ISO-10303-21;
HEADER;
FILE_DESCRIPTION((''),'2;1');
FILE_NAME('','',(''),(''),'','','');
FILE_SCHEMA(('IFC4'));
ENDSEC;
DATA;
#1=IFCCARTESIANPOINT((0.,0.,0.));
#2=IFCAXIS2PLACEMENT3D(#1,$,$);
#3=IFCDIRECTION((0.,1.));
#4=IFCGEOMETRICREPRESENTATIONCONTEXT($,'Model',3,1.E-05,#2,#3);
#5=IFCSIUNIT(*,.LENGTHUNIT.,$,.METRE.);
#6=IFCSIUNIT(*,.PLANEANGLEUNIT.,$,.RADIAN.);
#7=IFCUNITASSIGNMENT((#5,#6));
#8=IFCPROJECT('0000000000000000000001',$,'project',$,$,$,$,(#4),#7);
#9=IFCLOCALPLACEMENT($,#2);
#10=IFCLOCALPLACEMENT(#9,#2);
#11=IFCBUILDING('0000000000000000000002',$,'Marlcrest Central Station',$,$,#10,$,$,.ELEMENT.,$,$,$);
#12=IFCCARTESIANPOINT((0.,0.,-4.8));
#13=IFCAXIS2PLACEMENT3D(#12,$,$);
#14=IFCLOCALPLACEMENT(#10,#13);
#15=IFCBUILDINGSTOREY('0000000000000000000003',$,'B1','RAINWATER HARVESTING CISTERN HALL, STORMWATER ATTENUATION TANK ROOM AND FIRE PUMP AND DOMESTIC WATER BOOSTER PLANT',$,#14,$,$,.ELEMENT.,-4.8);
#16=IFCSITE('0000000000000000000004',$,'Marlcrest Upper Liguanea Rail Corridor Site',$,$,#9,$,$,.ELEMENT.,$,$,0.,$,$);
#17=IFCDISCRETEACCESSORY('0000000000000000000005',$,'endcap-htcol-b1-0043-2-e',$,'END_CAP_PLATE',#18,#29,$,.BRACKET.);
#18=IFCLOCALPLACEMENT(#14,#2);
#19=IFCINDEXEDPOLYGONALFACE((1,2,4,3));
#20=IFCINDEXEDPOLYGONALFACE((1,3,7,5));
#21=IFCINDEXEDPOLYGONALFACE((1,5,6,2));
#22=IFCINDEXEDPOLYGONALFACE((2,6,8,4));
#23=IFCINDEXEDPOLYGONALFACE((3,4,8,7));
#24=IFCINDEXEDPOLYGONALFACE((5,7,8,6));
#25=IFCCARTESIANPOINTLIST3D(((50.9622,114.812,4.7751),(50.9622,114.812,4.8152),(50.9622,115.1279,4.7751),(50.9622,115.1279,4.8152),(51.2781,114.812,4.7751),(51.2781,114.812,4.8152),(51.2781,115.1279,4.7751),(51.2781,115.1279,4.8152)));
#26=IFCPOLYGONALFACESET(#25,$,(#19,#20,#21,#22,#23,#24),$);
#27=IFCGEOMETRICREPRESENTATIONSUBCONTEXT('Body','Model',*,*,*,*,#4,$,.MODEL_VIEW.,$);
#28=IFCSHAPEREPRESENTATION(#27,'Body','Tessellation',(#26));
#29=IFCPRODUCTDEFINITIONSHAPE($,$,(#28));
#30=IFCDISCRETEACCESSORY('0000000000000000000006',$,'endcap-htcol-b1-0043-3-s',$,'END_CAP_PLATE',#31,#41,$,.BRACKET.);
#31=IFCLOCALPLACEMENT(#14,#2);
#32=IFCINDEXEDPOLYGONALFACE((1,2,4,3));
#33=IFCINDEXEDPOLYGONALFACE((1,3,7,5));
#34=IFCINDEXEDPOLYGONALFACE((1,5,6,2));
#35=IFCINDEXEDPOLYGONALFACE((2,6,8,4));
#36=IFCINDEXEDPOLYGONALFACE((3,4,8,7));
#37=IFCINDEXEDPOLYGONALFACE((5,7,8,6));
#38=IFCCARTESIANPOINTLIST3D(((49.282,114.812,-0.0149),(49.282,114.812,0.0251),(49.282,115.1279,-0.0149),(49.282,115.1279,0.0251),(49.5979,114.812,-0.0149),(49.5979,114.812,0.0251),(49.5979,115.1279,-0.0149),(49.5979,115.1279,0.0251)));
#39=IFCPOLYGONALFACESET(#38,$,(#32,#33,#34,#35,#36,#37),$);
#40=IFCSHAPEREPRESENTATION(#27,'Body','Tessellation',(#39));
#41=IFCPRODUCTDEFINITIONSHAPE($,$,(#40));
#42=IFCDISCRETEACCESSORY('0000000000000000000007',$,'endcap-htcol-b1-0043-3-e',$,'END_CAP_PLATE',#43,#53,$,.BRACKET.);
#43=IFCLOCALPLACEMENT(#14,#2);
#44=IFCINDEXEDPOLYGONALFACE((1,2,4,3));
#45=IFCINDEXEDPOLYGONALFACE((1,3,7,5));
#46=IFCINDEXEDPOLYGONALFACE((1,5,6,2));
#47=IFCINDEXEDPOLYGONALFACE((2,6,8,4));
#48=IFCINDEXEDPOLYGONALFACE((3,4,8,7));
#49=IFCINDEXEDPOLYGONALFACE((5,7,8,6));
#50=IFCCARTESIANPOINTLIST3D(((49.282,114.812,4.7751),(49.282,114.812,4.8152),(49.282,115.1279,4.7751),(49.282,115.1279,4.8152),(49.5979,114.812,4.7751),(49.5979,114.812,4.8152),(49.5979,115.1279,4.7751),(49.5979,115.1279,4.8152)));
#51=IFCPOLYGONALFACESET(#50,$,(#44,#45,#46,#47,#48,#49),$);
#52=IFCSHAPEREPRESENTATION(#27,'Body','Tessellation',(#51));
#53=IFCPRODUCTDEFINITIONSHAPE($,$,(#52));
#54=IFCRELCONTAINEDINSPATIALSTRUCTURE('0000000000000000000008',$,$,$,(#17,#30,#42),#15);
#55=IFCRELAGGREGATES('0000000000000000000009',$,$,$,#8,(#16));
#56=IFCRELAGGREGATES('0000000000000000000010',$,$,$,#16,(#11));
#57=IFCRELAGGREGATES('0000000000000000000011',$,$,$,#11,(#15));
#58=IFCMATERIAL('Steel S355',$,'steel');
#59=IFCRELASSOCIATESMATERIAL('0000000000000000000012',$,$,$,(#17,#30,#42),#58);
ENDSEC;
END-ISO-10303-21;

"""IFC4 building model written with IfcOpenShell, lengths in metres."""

from ifc_helpers import new_model, si_unit, direction, frame, origin, origin_2d, place, context, subcontext, project, spatial, rectangle, extrude, material, element, save


model = new_model("IFC4")

# Units and contexts
model_context = context("Model", 3, precision=1e-05, world=origin(), true_north=direction((0.0, 1.0)))
body_context = subcontext(model_context, "Body", "Model", "MODEL_VIEW")
ifc_project = project(units=[si_unit("LENGTHUNIT", "METRE"), si_unit("PLANEANGLEUNIT", "RADIAN")], contexts=[model_context])

# Site, building, storey
site_placement = place(None, origin())
site = spatial("IfcSite", under=ifc_project, at=site_placement, Name="Marlcrest Upper Liguanea Rail Corridor Site", CompositionType="ELEMENT", RefElevation=0.0)
building_placement = place(site_placement, origin())
building = spatial("IfcBuilding", under=site, at=building_placement, Name="Marlcrest Central Station", CompositionType="ELEMENT")
storey_placement = place(building_placement, frame((0.0, 0.0, -4.8)))
storey = spatial("IfcBuildingStorey", under=building, at=storey_placement, Name="B1", Description="RAINWATER HARVESTING CISTERN HALL, STORMWATER ATTENUATION TANK ROOM AND FIRE PUMP AND DOMESTIC WATER BOOSTER PLANT", CompositionType="ELEMENT", Elevation=-4.8)

# Shared definitions
ifc_material_1 = material(Name="Steel S355", Category="steel")

# Discrete accessories
for number, where, z_axis, x_axis, name in (
    (1, (51.1201, 114.97, 4.7751), (0.0, 0.0, 1.0), (1.0, 0.0, 0.0), "endcap-htcol-b1-0043-2-e"),
    (2, (49.4399, 114.97, -0.0149), (0.0, 0.0, 1.0), (1.0, 0.0, 0.0), "endcap-htcol-b1-0043-3-s"),
    (3, (49.4399, 114.97, 4.7751), (0.0, 0.0, 1.0), (1.0, 0.0, 0.0), "endcap-htcol-b1-0043-3-e"),
):
    element("IfcDiscreteAccessory", number, at=place(storey_placement, frame(where, z_axis=z_axis, x_axis=x_axis)), inside=storey, material=ifc_material_1, Name=name, ObjectType="END_CAP_PLATE", PredefinedType="BRACKET", context=body_context, shape_type="SweptSolid", body=[
        extrude(rectangle(XDim=0.3159, YDim=0.3159, at=origin_2d()), origin(), (0.0, 0.0, 1.0), 0.04),
    ])

save(model, "model.ifc")
